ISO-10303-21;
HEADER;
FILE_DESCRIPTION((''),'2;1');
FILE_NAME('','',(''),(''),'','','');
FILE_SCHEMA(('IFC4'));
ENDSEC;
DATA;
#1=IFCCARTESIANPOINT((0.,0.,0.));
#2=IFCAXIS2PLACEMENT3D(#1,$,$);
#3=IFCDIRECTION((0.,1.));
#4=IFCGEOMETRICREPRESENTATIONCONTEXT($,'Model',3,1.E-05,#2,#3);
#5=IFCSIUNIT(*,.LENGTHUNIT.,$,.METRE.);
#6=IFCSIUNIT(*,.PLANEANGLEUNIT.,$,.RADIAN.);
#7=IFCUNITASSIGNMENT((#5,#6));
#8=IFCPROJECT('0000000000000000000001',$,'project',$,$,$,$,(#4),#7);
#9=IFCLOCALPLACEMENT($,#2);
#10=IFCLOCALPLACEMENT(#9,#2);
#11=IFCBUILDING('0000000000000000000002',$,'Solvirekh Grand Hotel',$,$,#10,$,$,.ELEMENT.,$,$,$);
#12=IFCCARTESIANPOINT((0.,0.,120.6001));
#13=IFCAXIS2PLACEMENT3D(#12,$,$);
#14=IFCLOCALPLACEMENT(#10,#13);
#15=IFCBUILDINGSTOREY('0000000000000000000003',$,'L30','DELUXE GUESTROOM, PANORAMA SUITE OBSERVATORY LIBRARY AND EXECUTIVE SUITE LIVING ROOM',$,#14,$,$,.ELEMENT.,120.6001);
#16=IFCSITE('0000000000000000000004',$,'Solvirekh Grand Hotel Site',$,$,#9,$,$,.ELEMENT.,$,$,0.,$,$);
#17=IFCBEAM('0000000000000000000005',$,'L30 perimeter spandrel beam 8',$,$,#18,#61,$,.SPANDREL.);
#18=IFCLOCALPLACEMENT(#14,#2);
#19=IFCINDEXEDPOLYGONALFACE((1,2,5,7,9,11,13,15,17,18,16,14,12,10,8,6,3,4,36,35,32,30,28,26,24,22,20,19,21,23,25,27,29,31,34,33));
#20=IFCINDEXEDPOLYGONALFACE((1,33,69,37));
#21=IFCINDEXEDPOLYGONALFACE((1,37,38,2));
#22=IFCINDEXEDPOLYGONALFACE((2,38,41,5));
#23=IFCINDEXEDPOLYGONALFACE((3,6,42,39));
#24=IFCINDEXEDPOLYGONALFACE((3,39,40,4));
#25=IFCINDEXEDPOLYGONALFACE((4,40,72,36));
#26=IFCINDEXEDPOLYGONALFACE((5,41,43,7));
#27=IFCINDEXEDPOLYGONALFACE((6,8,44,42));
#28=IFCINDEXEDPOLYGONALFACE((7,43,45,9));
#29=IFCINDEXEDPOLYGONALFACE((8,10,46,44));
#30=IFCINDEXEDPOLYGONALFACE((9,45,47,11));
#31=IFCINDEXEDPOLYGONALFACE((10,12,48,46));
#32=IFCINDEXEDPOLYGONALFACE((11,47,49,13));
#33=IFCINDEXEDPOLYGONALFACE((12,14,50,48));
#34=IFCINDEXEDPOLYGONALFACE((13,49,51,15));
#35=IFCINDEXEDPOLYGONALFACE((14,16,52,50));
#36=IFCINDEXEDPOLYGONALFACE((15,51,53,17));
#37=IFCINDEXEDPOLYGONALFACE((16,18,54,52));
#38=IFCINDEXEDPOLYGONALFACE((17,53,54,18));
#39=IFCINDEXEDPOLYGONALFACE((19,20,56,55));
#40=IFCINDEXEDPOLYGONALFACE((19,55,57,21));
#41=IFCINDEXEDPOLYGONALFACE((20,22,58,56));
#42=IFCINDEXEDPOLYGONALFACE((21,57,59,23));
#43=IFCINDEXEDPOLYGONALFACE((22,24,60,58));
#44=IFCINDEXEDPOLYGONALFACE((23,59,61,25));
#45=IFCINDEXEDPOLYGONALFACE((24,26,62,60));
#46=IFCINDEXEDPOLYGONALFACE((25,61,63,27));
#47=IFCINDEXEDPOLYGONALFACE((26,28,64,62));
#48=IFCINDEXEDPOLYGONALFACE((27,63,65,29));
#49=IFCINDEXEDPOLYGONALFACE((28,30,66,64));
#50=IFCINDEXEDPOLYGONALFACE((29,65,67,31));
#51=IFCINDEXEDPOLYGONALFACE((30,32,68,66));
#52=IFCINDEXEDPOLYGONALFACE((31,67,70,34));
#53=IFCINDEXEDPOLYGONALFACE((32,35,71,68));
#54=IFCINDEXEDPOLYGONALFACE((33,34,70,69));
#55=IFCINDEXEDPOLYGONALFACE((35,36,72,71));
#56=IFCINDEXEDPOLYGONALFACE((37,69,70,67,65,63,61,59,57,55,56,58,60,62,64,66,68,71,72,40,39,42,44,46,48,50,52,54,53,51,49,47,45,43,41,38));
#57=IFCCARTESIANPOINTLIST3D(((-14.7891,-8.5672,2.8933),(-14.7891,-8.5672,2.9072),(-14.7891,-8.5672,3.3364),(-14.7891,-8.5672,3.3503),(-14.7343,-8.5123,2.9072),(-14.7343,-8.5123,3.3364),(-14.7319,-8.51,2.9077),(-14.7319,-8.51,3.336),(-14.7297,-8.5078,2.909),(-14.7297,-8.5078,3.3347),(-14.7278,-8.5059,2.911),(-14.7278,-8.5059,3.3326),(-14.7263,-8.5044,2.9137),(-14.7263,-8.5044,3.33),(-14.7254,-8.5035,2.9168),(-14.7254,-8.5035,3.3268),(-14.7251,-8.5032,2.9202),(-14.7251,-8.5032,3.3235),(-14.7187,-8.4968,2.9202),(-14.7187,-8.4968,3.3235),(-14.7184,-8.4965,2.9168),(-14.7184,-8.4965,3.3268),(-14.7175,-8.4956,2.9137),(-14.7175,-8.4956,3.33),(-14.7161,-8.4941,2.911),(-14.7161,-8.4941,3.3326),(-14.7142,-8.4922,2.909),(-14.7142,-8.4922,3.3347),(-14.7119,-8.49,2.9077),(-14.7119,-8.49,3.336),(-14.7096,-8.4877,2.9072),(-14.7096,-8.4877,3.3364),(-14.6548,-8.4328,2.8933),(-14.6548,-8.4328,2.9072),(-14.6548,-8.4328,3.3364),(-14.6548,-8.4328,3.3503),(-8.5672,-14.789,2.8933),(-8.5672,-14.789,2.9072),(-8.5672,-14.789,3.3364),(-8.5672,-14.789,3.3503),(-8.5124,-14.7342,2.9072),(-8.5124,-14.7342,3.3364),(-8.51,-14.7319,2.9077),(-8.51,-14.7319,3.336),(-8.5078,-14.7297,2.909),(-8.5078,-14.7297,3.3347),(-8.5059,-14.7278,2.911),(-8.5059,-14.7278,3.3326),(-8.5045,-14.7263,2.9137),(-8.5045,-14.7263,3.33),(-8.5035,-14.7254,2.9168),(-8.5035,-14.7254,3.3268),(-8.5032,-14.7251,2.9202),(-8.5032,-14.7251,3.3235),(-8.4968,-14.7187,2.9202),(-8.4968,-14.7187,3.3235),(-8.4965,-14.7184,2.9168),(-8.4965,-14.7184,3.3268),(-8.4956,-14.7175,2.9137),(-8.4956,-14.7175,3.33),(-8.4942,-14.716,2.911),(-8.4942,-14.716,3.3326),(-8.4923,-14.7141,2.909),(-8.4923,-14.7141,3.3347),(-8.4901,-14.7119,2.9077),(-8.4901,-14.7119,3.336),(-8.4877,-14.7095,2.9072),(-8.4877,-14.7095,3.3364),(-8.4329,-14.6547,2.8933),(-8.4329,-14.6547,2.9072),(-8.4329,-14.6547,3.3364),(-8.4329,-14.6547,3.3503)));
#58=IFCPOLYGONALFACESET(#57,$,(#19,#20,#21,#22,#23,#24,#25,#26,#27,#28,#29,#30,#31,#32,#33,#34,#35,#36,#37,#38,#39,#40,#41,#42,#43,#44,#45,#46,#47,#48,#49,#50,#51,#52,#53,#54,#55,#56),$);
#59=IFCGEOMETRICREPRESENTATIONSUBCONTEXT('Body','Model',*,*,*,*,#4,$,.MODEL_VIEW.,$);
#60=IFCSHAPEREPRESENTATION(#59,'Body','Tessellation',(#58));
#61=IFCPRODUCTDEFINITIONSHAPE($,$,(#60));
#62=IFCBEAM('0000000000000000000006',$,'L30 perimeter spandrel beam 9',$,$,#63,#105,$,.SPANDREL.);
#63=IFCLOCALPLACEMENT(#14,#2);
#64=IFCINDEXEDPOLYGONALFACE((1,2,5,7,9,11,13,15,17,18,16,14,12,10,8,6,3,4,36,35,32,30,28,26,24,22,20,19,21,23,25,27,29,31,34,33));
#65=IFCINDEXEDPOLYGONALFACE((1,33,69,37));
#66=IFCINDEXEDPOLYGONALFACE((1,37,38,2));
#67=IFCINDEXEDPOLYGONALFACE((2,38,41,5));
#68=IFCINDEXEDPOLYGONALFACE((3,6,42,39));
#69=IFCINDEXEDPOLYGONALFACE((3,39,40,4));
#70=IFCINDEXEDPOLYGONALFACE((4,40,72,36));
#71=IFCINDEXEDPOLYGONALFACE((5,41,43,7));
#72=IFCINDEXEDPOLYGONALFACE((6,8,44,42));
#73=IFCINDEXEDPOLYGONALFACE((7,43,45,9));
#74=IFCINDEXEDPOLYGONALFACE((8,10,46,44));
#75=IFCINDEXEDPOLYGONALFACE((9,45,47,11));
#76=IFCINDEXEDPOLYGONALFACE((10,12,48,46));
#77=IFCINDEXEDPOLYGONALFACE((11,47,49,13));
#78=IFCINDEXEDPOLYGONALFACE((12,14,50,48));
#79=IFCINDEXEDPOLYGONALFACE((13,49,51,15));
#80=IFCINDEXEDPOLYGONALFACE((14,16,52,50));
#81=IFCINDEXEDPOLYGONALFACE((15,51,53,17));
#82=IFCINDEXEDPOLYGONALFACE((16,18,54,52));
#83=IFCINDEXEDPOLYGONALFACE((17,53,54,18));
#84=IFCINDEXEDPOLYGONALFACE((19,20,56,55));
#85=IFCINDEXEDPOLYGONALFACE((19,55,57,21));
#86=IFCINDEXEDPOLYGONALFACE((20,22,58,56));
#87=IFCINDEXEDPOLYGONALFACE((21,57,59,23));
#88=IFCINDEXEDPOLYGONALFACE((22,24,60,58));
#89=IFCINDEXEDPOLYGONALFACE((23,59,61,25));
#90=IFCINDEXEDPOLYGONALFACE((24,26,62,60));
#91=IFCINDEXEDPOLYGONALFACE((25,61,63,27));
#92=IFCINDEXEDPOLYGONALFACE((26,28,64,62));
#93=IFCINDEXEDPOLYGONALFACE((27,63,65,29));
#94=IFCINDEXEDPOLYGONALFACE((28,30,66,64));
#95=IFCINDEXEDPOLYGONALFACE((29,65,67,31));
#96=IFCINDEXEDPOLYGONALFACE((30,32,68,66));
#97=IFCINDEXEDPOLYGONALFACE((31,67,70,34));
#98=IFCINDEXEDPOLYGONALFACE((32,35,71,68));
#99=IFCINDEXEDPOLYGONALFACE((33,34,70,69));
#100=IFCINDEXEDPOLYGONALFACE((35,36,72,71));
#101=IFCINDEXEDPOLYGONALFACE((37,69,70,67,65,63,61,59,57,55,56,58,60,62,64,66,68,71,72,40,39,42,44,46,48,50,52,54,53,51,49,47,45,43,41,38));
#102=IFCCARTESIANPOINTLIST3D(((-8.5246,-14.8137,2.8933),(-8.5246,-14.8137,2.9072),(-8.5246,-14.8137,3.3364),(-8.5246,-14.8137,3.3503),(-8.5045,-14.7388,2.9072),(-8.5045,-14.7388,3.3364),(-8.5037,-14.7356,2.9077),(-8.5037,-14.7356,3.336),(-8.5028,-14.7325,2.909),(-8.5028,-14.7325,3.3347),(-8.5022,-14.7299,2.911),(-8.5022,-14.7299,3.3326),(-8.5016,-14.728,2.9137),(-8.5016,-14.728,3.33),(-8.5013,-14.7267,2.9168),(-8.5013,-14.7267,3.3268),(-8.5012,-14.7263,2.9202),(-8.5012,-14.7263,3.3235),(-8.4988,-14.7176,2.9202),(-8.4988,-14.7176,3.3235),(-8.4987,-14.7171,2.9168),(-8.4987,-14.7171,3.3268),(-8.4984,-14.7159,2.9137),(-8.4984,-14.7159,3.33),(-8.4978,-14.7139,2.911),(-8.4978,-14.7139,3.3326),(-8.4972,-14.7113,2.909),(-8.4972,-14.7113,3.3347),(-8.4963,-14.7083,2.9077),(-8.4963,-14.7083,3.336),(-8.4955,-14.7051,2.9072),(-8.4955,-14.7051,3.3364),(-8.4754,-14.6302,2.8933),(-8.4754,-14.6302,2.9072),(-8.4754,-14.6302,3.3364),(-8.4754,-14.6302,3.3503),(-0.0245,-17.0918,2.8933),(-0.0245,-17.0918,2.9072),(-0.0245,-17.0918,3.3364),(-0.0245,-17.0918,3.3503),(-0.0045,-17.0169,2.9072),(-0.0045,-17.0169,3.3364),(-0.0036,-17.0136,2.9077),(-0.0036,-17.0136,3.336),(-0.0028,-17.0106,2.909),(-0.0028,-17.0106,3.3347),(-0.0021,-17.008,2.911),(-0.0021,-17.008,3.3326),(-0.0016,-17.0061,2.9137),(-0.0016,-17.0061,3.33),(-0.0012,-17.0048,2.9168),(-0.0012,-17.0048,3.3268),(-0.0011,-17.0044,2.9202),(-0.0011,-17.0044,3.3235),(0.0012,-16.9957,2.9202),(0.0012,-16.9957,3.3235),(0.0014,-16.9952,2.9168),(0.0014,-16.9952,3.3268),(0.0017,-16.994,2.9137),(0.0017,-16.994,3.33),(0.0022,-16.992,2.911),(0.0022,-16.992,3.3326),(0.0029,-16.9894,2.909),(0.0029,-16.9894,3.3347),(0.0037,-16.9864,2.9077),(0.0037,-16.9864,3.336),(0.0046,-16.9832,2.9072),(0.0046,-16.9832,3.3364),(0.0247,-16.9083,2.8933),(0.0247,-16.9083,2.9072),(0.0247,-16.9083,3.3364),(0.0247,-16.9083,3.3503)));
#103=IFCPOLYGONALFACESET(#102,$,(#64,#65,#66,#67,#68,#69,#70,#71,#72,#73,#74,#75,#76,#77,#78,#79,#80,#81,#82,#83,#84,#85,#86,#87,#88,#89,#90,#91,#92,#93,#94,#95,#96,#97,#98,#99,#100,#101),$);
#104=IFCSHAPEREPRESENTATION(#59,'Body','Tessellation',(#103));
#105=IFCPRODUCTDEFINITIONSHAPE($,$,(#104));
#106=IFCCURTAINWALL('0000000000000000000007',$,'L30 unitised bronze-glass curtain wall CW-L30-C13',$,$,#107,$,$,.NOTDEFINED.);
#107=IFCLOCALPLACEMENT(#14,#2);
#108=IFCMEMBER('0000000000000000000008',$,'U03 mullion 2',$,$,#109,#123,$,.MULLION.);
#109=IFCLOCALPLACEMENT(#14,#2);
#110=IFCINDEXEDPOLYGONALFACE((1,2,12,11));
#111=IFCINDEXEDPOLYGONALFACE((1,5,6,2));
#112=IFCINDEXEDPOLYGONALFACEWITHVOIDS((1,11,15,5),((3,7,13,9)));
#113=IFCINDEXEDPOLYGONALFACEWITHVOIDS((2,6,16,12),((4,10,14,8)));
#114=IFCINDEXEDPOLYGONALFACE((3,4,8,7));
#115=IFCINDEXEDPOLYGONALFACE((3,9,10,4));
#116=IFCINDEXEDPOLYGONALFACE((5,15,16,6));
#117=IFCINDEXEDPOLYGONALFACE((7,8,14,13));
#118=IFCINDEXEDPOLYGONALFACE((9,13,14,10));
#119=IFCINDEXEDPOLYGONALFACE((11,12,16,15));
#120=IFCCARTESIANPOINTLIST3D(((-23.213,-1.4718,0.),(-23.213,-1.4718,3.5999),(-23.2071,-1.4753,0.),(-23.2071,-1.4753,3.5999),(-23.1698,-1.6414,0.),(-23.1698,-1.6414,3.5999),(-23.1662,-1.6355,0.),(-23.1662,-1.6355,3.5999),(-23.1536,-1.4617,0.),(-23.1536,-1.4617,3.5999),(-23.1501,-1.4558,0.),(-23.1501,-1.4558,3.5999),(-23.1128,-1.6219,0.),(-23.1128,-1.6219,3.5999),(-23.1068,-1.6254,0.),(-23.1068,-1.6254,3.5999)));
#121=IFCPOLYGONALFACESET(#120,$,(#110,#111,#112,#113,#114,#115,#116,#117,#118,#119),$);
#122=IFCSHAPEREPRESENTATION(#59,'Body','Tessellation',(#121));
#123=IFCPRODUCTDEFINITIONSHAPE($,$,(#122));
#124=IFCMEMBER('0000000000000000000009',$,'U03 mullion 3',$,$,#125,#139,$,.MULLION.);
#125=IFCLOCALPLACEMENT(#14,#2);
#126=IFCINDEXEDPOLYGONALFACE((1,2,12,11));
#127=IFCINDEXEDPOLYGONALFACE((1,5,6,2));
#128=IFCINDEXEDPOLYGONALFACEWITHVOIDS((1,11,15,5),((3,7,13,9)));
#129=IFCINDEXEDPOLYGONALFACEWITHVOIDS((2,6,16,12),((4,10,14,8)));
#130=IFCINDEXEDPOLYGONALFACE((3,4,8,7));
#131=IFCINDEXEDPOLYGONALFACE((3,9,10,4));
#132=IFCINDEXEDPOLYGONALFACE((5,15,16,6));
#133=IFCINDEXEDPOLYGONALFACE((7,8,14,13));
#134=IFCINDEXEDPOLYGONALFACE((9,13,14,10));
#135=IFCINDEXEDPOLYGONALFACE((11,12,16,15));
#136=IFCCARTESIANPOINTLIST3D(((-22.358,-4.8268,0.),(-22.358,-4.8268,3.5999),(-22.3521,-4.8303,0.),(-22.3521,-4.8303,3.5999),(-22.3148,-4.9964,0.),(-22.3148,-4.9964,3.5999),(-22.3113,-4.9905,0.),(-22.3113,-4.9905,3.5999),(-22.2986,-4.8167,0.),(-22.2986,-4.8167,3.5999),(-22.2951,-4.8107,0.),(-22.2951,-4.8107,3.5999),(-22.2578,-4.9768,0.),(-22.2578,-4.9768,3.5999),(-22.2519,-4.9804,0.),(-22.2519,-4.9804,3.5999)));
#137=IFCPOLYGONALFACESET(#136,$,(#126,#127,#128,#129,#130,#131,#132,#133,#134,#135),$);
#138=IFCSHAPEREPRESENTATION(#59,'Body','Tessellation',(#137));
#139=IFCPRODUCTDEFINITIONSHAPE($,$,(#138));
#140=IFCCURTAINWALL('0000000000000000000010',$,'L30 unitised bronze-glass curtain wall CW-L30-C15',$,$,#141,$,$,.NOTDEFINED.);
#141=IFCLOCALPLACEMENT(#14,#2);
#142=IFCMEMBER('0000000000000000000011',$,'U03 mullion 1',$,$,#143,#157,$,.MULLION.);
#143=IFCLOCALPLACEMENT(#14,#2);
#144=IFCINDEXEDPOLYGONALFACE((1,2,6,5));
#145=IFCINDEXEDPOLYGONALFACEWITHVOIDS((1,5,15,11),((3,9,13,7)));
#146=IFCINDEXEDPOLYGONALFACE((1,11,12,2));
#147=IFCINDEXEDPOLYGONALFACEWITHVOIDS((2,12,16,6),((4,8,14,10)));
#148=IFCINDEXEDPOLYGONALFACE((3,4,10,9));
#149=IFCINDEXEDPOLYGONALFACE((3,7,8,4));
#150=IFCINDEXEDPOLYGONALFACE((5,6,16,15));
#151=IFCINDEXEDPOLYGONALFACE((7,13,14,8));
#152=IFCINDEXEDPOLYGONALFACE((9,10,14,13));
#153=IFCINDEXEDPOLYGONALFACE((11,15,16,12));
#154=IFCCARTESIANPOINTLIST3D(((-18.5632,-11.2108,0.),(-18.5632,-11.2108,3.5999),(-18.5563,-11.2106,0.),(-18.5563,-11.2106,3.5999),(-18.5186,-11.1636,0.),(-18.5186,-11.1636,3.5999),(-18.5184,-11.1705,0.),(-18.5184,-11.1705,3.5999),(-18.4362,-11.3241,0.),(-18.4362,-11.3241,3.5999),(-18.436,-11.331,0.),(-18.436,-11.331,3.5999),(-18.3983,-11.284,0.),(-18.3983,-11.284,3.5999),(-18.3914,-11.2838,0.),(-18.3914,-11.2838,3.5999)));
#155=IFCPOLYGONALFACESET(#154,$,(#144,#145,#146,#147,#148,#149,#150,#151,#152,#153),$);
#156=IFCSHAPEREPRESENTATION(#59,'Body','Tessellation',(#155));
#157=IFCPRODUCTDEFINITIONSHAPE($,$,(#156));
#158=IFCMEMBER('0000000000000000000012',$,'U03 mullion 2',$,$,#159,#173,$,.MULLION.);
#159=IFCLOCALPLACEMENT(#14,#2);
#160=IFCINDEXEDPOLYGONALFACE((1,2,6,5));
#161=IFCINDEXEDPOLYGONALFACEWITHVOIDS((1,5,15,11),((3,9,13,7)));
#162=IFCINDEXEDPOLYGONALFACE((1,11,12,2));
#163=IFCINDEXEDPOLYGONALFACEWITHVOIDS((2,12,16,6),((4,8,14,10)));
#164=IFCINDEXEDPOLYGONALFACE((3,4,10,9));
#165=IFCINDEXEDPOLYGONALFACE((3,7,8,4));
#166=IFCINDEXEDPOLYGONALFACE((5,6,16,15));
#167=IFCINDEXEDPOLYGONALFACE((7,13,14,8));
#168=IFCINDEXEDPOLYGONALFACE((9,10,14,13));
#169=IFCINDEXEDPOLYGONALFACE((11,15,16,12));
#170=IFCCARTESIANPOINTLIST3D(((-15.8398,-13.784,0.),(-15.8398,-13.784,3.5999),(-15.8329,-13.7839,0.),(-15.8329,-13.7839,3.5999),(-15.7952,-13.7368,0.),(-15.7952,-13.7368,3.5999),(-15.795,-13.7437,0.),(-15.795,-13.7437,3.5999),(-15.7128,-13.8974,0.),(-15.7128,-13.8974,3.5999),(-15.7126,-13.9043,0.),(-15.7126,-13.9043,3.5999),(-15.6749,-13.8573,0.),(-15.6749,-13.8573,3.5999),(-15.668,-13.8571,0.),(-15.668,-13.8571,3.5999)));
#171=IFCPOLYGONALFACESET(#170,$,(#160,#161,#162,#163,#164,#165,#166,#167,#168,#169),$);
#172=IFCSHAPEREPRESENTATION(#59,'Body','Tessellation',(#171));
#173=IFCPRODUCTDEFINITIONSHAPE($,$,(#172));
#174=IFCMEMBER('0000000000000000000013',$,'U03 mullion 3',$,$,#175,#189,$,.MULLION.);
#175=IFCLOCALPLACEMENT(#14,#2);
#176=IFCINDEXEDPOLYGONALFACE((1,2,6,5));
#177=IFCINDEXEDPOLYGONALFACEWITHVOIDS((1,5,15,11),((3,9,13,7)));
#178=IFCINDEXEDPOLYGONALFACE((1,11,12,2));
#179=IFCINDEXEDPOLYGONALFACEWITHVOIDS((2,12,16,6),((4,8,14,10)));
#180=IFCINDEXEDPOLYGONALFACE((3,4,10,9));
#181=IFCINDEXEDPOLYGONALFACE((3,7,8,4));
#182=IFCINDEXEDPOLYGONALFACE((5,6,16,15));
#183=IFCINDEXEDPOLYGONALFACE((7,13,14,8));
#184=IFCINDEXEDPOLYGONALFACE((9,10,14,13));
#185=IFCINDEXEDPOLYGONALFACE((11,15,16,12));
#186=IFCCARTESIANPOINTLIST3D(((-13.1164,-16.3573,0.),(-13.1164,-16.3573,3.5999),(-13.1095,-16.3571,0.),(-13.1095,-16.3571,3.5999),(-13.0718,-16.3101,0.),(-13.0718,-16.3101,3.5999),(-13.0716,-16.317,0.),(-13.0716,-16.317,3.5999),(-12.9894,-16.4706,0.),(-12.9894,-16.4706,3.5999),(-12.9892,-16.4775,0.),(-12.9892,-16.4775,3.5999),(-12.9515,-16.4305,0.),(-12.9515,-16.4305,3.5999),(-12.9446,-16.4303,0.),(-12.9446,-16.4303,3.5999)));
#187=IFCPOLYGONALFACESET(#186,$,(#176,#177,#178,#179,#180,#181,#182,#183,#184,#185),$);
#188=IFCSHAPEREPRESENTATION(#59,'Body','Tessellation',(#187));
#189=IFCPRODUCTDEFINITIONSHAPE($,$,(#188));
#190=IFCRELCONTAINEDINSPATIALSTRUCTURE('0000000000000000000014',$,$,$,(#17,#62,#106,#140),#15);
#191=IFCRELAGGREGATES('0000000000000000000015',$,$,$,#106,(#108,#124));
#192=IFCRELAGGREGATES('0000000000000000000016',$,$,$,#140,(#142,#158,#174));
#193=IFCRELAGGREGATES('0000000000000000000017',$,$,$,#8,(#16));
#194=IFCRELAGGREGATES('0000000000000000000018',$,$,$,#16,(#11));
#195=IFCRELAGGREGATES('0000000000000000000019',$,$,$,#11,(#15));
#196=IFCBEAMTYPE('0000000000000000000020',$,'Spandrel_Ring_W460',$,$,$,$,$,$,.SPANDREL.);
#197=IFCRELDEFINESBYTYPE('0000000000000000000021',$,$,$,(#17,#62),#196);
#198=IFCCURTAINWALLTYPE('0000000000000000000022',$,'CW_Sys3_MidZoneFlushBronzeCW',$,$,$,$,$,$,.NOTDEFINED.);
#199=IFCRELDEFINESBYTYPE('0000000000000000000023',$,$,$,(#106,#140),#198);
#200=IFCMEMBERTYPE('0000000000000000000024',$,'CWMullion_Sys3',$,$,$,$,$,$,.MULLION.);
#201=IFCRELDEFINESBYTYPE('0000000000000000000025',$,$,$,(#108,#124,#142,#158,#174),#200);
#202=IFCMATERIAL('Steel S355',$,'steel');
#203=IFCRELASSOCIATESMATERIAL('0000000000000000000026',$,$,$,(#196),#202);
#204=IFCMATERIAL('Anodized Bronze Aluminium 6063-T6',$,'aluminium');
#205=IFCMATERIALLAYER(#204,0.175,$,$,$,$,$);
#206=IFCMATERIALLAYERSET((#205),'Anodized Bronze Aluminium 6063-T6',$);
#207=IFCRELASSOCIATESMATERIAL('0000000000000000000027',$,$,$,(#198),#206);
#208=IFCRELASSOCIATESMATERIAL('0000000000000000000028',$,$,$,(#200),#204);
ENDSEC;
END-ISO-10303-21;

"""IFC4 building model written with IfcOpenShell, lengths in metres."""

from ifc_helpers import new_model, si_unit, direction, frame, origin, origin_2d, place, context, subcontext, project, spatial, hollow_rectangle, i_section, extrude, source, transform, mapped, material, layer, layer_set, material_profile, profile_set, type_object, element, aggregate, save


model = new_model("IFC4")

# Units and contexts
model_context = context("Model", 3, precision=1e-05, world=origin(), true_north=direction((0.0, 1.0)))
body_context = subcontext(model_context, "Body", "Model", "MODEL_VIEW")
ifc_project = project(units=[si_unit("LENGTHUNIT", "METRE"), si_unit("PLANEANGLEUNIT", "RADIAN")], contexts=[model_context])

# Site, building, storey
site_placement = place(None, origin())
site = spatial("IfcSite", under=ifc_project, at=site_placement, Name="Solvirekh Grand Hotel Site", CompositionType="ELEMENT", RefElevation=0.0)
building_placement = place(site_placement, origin())
building = spatial("IfcBuilding", under=site, at=building_placement, Name="Solvirekh Grand Hotel", CompositionType="ELEMENT")
storey_placement = place(building_placement, frame((0.0, 0.0, 120.6001)))
storey = spatial("IfcBuildingStorey", under=building, at=storey_placement, Name="L30", Description="DELUXE GUESTROOM, PANORAMA SUITE OBSERVATORY LIBRARY AND EXECUTIVE SUITE LIVING ROOM", CompositionType="ELEMENT", Elevation=120.6001)

# Beams
ifc_material_1 = material(Name="Steel S355", Category="steel")
ifc_material_profile_1 = material_profile(ifc_material_1, i_section(OverallWidth=0.1899, OverallDepth=0.457, WebThickness=0.009, FlangeThickness=0.0139, FilletRadius=0.0129, at=origin_2d()), Name="W460X74")
ifc_profile_set_1 = profile_set([ifc_material_profile_1], Name="Steel S355")
beam_type = type_object("IfcBeamType", Name="Spandrel_Ring_W460", PredefinedType="SPANDREL", material=ifc_profile_set_1)
beam_1_placement = place(storey_placement, frame((-14.7219, -8.5, 3.1218), z_axis=(0.707107, -0.707107, 0.0), x_axis=(0.707107, 0.707107, 0.0)))
element("IfcBeam", 1, at=beam_1_placement, inside=storey, type_object=beam_type, Name="L30 perimeter spandrel beam 8", PredefinedType="SPANDREL", context=body_context, shape_type="SweptSolid", body=[
    extrude(i_section(OverallWidth=0.1899, OverallDepth=0.457, WebThickness=0.009, FlangeThickness=0.0139, FilletRadius=0.0129, at=origin_2d()), origin(), (0.0, 0.0, 1.0), 8.7991),
])
beam_2_placement = place(storey_placement, frame((-8.5, -14.7219, 3.1218), z_axis=(0.965911, -0.258873, 0.0), x_axis=(0.258873, 0.965911, 0.0)))
element("IfcBeam", 2, at=beam_2_placement, inside=storey, type_object=beam_type, Name="L30 perimeter spandrel beam 9", PredefinedType="SPANDREL", context=body_context, shape_type="SweptSolid", body=[
    extrude(i_section(OverallWidth=0.1899, OverallDepth=0.457, WebThickness=0.009, FlangeThickness=0.0139, FilletRadius=0.0129, at=origin_2d()), origin(), (0.0, 0.0, 1.0), 8.8),
])

# Curtain walls, members
ifc_material_2 = material(Name="Anodized Bronze Aluminium 6063-T6", Category="aluminium")
ifc_layer_1 = layer(ifc_material_2, 0.175)
ifc_layer_set_1 = layer_set([ifc_layer_1], Name="Anodized Bronze Aluminium 6063-T6")
curtain_wall_type = type_object("IfcCurtainWallType", Name="CW_Sys3_MidZoneFlushBronzeCW", PredefinedType="NOTDEFINED", material=ifc_layer_set_1)
curtain_wall_1_placement = place(storey_placement, origin())
curtain_wall_1 = element("IfcCurtainWall", 3, at=curtain_wall_1_placement, inside=storey, type_object=curtain_wall_type, Name="L30 unitised bronze-glass curtain wall CW-L30-C13", PredefinedType="NOTDEFINED")
ifc_material_profile_2 = material_profile(ifc_material_2, hollow_rectangle(XDim=0.0649, YDim=0.175, WallThickness=0.0049, at=origin_2d()), Name="ALU RHS 175X65X5")
ifc_profile_set_2 = profile_set([ifc_material_profile_2], Name="Anodized Bronze Aluminium 6063-T6")
member_type_1 = type_object("IfcMemberType", Name="CWMullion_Sys3", PredefinedType="MULLION", material=ifc_profile_set_2)
shared_shape_1 = source(origin(), body_context, "Body", "SweptSolid", [
    extrude(hollow_rectangle(XDim=0.0649, YDim=0.175, WallThickness=0.0049, at=origin_2d()), origin(), (0.0, 0.0, 1.0), 3.5999),
])
member_1_placement = place(storey_placement, frame((-23.1599, -1.5486, 0.0), z_axis=(0.0, 0.0, 1.0), x_axis=(0.96903, 0.246943, 0.0)))
member_1 = element("IfcMember", 4, at=member_1_placement, type_object=member_type_1, Name="U03 mullion 2", PredefinedType="MULLION", context=body_context, shape_type="MappedRepresentation", body=[
    mapped(shared_shape_1, transform((0.0, 0.0, 0.0), x_axis=(1.0, 0.0, 0.0), y_axis=(0.0, 1.0, 0.0), z_axis=(0.0, 0.0, 1.0), scale=1.0)),
])
member_2_placement = place(storey_placement, frame((-22.3049, -4.9036, 0.0), z_axis=(0.0, 0.0, 1.0), x_axis=(0.96903, 0.246943, 0.0)))
member_2 = element("IfcMember", 5, at=member_2_placement, type_object=member_type_1, Name="U03 mullion 3", PredefinedType="MULLION", context=body_context, shape_type="MappedRepresentation", body=[
    mapped(shared_shape_1, transform((0.0, 0.0, 0.0), x_axis=(1.0, 0.0, 0.0), y_axis=(0.0, 1.0, 0.0), z_axis=(0.0, 0.0, 1.0), scale=1.0)),
])
curtain_wall_2_placement = place(storey_placement, origin())
curtain_wall_2 = element("IfcCurtainWall", 6, at=curtain_wall_2_placement, inside=storey, type_object=curtain_wall_type, Name="L30 unitised bronze-glass curtain wall CW-L30-C15", PredefinedType="NOTDEFINED")
member_3_placement = place(storey_placement, frame((-18.4773, -11.2473, 0.0), z_axis=(0.0, 0.0, 1.0), x_axis=(0.686779, 0.726866, 0.0)))
member_3 = element("IfcMember", 7, at=member_3_placement, type_object=member_type_1, Name="U03 mullion 1", PredefinedType="MULLION", context=body_context, shape_type="MappedRepresentation", body=[
    mapped(shared_shape_1, transform((0.0, 0.0, 0.0), x_axis=(1.0, 0.0, 0.0), y_axis=(0.0, 1.0, 0.0), z_axis=(0.0, 0.0, 1.0), scale=1.0)),
])
member_4_placement = place(storey_placement, frame((-15.7539, -13.8206, 0.0), z_axis=(0.0, 0.0, 1.0), x_axis=(0.686779, 0.726866, 0.0)))
member_4 = element("IfcMember", 8, at=member_4_placement, type_object=member_type_1, Name="U03 mullion 2", PredefinedType="MULLION", context=body_context, shape_type="MappedRepresentation", body=[
    mapped(shared_shape_1, transform((0.0, 0.0, 0.0), x_axis=(1.0, 0.0, 0.0), y_axis=(0.0, 1.0, 0.0), z_axis=(0.0, 0.0, 1.0), scale=1.0)),
])
member_5_placement = place(storey_placement, frame((-13.0305, -16.3938, 0.0), z_axis=(0.0, 0.0, 1.0), x_axis=(0.686779, 0.726866, 0.0)))
member_5 = element("IfcMember", 9, at=member_5_placement, type_object=member_type_1, Name="U03 mullion 3", PredefinedType="MULLION", context=body_context, shape_type="MappedRepresentation", body=[
    mapped(shared_shape_1, transform((0.0, 0.0, 0.0), x_axis=(1.0, 0.0, 0.0), y_axis=(0.0, 1.0, 0.0), z_axis=(0.0, 0.0, 1.0), scale=1.0)),
])

aggregate(curtain_wall_1, [member_1, member_2])
aggregate(curtain_wall_2, [member_3, member_4, member_5])

save(model, "model.ifc")
